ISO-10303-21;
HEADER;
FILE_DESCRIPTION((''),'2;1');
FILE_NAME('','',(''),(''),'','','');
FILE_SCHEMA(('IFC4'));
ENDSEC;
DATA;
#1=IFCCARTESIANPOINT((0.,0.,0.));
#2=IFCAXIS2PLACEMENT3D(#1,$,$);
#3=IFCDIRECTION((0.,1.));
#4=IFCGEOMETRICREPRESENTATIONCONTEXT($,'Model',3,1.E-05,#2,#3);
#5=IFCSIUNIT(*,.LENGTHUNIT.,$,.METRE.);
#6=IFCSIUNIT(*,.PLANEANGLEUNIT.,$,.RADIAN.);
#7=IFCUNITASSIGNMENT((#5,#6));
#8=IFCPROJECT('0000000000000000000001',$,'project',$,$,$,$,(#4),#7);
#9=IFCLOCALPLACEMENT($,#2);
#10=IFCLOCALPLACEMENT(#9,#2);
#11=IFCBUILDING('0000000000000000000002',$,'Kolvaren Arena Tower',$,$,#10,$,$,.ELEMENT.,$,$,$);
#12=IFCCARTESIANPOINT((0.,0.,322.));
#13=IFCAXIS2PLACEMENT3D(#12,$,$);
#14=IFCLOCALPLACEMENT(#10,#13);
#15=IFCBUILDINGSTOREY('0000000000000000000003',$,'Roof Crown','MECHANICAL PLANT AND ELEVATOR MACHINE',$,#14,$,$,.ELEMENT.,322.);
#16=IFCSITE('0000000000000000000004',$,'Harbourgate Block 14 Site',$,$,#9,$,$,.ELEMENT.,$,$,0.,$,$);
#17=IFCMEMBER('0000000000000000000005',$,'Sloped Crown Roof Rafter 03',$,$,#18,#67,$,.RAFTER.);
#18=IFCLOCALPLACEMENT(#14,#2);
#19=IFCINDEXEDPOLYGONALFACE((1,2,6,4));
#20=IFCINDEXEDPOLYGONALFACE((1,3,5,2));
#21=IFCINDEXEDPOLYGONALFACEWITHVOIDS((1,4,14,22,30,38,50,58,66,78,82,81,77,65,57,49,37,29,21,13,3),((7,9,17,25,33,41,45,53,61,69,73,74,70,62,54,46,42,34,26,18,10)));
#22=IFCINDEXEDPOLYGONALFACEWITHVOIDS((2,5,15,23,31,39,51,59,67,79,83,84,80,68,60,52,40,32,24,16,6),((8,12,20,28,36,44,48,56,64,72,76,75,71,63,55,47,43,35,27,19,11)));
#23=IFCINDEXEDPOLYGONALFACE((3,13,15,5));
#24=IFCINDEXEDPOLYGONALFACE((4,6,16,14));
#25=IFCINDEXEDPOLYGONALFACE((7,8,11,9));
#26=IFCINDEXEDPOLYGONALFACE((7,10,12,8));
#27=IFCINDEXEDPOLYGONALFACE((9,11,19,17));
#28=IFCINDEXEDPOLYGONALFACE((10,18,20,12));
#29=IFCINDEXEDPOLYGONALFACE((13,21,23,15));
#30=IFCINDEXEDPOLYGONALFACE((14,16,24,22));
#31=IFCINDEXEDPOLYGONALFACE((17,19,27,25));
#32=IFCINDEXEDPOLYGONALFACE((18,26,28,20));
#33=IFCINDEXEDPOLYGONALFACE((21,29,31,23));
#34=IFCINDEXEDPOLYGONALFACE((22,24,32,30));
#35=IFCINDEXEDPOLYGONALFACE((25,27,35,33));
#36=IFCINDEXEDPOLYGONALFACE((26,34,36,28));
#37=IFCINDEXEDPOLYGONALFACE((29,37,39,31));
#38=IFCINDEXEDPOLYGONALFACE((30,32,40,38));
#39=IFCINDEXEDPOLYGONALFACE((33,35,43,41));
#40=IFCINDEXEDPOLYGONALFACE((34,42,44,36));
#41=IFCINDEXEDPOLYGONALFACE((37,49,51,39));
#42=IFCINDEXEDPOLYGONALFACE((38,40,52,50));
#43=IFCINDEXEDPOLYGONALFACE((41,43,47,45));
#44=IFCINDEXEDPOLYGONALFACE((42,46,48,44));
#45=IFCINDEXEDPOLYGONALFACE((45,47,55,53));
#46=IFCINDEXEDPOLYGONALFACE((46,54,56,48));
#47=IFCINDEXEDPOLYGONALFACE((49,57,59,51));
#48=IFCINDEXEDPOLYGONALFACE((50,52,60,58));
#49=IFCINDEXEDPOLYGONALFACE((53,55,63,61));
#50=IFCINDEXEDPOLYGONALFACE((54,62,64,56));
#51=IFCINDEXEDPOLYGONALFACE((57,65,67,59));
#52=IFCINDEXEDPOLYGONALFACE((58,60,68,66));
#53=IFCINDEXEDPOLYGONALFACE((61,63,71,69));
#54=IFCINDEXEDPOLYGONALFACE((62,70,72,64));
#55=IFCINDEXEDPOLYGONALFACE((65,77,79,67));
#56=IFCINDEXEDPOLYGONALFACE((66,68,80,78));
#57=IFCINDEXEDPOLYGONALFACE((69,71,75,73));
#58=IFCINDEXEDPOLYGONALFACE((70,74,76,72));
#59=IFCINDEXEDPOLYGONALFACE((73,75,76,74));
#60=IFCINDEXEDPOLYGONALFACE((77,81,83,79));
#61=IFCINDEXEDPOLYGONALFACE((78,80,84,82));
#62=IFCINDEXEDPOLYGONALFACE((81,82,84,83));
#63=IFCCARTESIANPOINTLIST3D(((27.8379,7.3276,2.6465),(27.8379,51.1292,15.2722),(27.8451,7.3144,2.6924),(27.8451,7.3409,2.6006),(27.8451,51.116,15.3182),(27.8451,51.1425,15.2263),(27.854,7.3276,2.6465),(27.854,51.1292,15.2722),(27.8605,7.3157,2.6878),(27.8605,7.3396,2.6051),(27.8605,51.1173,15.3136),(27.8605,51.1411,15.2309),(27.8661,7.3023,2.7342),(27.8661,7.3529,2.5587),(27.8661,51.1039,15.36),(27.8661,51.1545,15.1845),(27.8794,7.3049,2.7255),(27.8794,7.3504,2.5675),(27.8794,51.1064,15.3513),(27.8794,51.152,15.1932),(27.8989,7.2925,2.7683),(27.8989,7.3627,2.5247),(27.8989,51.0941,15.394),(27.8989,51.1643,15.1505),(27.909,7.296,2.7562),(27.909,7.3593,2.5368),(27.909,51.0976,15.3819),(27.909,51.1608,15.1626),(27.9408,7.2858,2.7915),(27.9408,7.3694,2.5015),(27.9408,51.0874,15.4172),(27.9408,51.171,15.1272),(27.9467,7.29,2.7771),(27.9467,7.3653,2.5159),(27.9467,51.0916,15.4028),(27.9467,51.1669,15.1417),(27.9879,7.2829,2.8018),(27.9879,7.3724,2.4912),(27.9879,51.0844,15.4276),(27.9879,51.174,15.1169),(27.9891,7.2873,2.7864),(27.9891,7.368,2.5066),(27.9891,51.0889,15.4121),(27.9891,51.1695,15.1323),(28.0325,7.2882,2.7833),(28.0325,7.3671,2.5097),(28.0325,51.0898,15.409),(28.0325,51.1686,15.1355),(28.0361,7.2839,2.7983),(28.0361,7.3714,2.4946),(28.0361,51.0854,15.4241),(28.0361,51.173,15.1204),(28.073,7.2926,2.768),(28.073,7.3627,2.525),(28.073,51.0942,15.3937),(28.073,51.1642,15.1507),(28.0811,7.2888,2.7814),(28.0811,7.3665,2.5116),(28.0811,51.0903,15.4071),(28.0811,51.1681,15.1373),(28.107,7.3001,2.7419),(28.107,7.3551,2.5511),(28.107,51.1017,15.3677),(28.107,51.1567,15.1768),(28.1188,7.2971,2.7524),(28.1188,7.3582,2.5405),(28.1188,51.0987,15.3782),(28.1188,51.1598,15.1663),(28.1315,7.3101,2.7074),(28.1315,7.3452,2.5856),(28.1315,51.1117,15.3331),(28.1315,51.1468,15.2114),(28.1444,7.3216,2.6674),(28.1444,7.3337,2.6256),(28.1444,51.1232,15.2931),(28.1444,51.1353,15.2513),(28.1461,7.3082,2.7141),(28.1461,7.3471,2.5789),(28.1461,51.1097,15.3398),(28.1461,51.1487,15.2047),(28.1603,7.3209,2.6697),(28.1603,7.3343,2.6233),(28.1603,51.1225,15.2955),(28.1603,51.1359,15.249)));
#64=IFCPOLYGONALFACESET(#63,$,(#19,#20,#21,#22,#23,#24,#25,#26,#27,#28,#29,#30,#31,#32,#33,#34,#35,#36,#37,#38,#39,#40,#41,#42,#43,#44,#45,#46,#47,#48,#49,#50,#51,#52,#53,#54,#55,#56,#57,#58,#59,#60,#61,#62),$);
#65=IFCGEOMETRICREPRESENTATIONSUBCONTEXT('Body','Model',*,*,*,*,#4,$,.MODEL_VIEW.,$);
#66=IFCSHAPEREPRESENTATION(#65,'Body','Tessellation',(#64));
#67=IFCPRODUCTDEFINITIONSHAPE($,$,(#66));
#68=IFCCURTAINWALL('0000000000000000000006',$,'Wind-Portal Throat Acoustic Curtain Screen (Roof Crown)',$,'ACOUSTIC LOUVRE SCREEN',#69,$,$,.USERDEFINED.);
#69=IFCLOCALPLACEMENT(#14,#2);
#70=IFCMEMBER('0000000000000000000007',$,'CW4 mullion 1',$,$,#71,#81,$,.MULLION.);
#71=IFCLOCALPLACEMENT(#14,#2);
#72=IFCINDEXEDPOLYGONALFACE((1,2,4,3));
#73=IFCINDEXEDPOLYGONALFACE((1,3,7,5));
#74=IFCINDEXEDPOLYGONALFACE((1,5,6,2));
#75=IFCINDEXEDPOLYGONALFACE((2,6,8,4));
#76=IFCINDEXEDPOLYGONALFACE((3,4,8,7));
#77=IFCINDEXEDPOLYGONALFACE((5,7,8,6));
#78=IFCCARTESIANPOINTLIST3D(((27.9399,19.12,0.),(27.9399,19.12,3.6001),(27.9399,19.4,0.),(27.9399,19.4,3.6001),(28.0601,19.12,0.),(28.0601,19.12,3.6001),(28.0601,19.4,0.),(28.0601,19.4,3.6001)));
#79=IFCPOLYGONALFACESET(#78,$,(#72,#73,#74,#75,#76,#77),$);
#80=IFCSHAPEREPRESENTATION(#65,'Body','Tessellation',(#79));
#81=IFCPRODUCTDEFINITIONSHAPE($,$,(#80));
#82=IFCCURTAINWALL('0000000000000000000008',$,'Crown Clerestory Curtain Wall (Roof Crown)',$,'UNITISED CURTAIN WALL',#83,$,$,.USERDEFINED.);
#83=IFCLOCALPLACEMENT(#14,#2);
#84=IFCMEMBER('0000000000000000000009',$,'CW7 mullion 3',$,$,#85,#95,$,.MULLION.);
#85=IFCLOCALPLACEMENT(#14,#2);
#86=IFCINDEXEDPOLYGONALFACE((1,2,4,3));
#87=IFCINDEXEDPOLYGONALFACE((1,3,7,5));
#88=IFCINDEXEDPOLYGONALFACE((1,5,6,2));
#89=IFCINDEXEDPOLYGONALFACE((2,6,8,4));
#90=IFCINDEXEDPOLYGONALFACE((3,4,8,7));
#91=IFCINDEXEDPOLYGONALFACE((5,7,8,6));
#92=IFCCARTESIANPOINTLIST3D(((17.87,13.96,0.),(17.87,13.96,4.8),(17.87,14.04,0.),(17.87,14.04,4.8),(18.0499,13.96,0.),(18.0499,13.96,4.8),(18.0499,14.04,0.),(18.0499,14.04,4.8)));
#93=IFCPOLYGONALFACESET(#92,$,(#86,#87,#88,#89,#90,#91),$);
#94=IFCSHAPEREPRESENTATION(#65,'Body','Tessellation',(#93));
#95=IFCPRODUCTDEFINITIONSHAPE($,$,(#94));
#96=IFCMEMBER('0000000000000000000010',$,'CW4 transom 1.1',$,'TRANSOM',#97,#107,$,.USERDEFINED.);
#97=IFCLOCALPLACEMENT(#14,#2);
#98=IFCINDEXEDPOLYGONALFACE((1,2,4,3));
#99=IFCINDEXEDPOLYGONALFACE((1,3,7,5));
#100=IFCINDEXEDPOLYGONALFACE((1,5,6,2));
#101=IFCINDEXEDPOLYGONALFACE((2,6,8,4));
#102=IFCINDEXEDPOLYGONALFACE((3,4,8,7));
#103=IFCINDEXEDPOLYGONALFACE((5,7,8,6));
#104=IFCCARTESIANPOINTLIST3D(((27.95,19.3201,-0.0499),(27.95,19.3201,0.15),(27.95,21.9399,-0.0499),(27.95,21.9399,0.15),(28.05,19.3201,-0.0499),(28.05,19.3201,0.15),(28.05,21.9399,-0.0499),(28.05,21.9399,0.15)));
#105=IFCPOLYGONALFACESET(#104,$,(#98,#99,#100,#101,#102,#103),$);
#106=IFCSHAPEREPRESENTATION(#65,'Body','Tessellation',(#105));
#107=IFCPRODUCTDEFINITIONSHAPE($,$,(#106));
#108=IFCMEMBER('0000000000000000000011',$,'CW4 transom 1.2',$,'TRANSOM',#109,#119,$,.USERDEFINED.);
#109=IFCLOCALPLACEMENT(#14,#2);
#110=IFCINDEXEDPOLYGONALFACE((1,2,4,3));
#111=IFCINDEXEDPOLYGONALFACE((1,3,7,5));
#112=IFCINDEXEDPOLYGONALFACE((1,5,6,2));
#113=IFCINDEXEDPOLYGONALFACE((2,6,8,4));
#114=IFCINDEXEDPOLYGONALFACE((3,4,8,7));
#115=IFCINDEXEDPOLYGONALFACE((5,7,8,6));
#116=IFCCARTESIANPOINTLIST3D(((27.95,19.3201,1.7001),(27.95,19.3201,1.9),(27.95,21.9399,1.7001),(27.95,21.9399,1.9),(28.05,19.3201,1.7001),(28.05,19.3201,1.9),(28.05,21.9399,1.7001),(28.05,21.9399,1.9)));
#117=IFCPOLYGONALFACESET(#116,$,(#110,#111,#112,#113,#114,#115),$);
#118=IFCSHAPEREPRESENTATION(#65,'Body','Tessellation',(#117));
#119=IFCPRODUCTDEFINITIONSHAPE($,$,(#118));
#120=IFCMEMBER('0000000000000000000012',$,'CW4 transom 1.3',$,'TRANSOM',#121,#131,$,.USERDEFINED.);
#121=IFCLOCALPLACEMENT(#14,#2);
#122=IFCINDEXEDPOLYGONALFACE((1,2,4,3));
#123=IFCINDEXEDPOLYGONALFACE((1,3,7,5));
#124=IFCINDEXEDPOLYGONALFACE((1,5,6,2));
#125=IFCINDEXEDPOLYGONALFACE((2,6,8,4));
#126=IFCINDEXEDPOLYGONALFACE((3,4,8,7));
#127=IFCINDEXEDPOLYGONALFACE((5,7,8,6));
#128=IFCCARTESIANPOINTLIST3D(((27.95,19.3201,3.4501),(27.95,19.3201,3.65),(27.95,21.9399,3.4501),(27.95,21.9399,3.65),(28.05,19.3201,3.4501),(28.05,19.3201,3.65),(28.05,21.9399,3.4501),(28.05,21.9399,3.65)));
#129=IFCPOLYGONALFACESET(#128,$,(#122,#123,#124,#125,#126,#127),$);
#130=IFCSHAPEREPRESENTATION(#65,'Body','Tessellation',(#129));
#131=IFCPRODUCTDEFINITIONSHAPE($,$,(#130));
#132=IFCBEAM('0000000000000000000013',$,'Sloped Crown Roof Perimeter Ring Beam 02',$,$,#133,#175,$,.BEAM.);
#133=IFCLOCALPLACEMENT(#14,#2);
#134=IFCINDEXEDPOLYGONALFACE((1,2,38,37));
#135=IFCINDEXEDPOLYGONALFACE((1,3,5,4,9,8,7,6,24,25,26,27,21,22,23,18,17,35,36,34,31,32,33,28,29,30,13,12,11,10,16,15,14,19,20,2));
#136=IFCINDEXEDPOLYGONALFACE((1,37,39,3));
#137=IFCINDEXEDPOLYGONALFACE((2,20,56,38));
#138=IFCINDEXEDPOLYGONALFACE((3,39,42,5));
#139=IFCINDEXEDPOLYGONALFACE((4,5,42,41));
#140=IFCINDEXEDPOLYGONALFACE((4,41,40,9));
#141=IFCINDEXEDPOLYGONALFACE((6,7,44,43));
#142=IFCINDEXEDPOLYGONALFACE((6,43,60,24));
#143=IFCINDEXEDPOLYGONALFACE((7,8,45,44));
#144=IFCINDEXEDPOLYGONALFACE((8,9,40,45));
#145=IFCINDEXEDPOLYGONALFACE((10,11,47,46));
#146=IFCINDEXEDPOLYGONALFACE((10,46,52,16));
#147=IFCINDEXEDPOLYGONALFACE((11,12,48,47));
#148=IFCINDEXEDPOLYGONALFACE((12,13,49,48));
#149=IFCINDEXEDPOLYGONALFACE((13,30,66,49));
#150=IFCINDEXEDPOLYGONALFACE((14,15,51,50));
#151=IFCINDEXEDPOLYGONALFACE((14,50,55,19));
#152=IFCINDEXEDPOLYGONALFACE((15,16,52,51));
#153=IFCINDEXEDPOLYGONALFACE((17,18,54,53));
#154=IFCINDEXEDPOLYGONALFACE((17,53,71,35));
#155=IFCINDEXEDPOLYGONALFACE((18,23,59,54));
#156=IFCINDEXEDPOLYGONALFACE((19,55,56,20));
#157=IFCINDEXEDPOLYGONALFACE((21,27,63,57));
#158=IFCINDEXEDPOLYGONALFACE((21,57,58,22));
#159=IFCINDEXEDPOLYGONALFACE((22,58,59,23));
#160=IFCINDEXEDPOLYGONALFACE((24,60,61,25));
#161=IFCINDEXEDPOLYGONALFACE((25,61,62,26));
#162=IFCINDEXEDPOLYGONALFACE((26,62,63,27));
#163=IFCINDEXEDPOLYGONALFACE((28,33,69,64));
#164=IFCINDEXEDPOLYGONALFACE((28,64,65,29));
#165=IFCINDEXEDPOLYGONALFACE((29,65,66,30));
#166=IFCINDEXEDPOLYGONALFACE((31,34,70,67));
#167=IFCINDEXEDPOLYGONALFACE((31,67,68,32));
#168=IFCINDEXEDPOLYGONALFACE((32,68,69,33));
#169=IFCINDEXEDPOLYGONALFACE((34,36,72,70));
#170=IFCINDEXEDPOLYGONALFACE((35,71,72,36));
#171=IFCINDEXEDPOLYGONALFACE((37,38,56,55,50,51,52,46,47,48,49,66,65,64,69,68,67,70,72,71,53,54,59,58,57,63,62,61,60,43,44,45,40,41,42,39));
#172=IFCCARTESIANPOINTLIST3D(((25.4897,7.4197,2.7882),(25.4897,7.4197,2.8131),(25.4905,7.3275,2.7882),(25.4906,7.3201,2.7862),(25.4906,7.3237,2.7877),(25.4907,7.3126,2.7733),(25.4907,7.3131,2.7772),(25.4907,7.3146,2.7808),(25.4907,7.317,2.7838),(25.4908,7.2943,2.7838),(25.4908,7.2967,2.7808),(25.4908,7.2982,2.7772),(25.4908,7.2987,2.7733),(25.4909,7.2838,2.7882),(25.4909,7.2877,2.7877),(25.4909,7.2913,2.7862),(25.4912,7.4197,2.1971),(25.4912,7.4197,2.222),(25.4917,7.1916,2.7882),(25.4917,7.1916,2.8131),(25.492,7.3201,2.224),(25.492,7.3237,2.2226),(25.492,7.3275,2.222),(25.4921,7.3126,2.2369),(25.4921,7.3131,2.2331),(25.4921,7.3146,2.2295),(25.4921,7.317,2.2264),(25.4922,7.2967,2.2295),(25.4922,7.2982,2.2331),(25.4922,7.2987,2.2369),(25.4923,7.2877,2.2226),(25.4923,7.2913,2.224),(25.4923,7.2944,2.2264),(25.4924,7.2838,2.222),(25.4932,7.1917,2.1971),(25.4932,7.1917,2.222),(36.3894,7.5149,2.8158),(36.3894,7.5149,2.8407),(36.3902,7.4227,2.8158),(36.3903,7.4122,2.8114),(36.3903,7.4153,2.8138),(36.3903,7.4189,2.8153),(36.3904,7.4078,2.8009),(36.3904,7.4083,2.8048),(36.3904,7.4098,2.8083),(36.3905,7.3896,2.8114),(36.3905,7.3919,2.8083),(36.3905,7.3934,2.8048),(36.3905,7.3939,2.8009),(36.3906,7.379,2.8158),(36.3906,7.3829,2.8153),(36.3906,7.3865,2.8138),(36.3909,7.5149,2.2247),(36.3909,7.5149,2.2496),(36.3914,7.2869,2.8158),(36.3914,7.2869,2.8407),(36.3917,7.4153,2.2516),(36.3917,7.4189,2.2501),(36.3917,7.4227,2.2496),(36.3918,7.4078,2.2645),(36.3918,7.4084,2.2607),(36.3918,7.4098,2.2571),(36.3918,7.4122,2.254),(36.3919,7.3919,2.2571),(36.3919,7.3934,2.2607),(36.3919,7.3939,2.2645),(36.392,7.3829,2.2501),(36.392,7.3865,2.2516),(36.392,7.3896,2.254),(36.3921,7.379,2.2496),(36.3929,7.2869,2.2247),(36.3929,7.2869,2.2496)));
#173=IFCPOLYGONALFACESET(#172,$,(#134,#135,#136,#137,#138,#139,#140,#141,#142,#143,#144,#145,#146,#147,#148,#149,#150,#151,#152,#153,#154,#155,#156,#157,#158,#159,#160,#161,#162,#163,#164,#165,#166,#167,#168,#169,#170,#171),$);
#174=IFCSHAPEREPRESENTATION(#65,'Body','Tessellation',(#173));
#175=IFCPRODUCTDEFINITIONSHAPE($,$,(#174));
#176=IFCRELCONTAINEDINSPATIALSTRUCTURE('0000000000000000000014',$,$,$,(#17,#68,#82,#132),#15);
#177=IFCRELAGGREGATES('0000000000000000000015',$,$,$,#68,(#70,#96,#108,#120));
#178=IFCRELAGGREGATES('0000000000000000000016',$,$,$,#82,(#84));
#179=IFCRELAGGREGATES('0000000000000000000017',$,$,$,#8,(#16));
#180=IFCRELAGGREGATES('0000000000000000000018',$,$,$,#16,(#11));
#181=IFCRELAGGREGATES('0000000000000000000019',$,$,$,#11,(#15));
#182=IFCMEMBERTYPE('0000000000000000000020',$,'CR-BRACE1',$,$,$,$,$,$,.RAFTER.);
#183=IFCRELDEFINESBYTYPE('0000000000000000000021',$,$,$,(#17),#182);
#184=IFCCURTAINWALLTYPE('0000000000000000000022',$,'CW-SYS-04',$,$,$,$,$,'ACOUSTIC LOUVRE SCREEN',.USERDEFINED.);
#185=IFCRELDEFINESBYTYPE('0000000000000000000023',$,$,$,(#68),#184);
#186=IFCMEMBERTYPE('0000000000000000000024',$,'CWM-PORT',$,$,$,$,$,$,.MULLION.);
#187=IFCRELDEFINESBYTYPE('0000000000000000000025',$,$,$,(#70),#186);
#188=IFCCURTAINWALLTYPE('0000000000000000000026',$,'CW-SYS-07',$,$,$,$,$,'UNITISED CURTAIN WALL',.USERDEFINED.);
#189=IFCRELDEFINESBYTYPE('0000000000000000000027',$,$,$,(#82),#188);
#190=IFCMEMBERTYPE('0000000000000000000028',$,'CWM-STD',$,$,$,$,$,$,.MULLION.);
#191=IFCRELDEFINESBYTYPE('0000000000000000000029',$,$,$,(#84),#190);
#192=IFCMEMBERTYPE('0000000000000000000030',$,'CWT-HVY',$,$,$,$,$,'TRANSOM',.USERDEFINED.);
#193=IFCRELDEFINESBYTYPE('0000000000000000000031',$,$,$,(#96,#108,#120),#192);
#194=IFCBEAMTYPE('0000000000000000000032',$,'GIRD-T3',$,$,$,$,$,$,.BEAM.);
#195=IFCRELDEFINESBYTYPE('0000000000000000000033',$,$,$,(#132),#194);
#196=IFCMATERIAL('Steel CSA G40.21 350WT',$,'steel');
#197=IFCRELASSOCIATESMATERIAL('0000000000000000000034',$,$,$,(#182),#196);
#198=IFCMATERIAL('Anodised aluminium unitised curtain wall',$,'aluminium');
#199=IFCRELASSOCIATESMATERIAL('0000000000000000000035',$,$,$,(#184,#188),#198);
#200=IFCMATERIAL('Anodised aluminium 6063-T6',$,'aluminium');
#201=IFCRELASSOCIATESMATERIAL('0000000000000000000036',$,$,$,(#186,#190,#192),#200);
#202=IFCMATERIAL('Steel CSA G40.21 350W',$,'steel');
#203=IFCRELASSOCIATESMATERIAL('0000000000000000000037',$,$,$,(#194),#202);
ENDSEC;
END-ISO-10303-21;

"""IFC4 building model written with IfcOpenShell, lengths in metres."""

from ifc_helpers import new_model, si_unit, direction, frame, origin, origin_2d, place, context, subcontext, project, spatial, rectangle, hollow_circle, i_section, extrude, material, material_profile, profile_set, type_object, element, aggregate, save


model = new_model("IFC4")

# Units and contexts
model_context = context("Model", 3, precision=1e-05, world=origin(), true_north=direction((0.0, 1.0)))
body_context = subcontext(model_context, "Body", "Model", "MODEL_VIEW")
ifc_project = project(units=[si_unit("LENGTHUNIT", "METRE"), si_unit("PLANEANGLEUNIT", "RADIAN")], contexts=[model_context])

# Site, building, storey
site_placement = place(None, origin())
site = spatial("IfcSite", under=ifc_project, at=site_placement, Name="Harbourgate Block 14 Site", CompositionType="ELEMENT", RefElevation=0.0)
building_placement = place(site_placement, origin())
building = spatial("IfcBuilding", under=site, at=building_placement, Name="Kolvaren Arena Tower", CompositionType="ELEMENT")
storey_placement = place(building_placement, frame((0.0, 0.0, 322.0)))
storey = spatial("IfcBuildingStorey", under=building, at=storey_placement, Name="Roof Crown", Description="MECHANICAL PLANT AND ELEVATOR MACHINE", CompositionType="ELEMENT", Elevation=322.0)

# Member
ifc_material_1 = material(Name="Steel CSA G40.21 350WT", Category="steel")
ifc_material_profile_1 = material_profile(ifc_material_1, hollow_circle(Radius=0.1621, WallThickness=0.0161, at=origin_2d()), Name="CHS 324x16")
ifc_profile_set_1 = profile_set([ifc_material_profile_1], Name="Steel CSA G40.21 350WT")
member_type_1 = type_object("IfcMemberType", Name="CR-BRACE1", PredefinedType="RAFTER", material=ifc_profile_set_1)
member_1_placement = place(storey_placement, frame((28.0, 7.3276, 2.6465), z_axis=(0.0, 0.960878, 0.276972), x_axis=(-1.0, 0.0, 0.0)))
element("IfcMember", 1, at=member_1_placement, inside=storey, type_object=member_type_1, Name="Sloped Crown Roof Rafter 03", PredefinedType="RAFTER", context=body_context, shape_type="SweptSolid", body=[
    extrude(hollow_circle(Radius=0.1621, WallThickness=0.0161, at=origin_2d()), origin(), (0.0, 0.0, 1.0), 45.585),
])

# Curtain walls, members
ifc_material_2 = material(Name="Anodised aluminium unitised curtain wall", Category="aluminium")
curtain_wall_type_1 = type_object("IfcCurtainWallType", Name="CW-SYS-04", ElementType="ACOUSTIC LOUVRE SCREEN", PredefinedType="USERDEFINED", material=ifc_material_2)
curtain_wall_1_placement = place(storey_placement, origin())
curtain_wall_1 = element("IfcCurtainWall", 2, at=curtain_wall_1_placement, inside=storey, type_object=curtain_wall_type_1, Name="Wind-Portal Throat Acoustic Curtain Screen (Roof Crown)", ObjectType="ACOUSTIC LOUVRE SCREEN", PredefinedType="USERDEFINED")
ifc_material_3 = material(Name="Anodised aluminium 6063-T6", Category="aluminium")
ifc_material_profile_2 = material_profile(ifc_material_3, rectangle(XDim=0.1201, YDim=0.28, at=origin_2d()), Name="ALU-120x280")
ifc_profile_set_2 = profile_set([ifc_material_profile_2], Name="Anodised aluminium 6063-T6")
member_type_2 = type_object("IfcMemberType", Name="CWM-PORT", PredefinedType="MULLION", material=ifc_profile_set_2)
member_2_placement = place(storey_placement, frame((28.0, 19.26, 0.0), z_axis=(0.0, 0.0, 1.0), x_axis=(-1.0, 0.0, 0.0)))
member_2 = element("IfcMember", 3, at=member_2_placement, type_object=member_type_2, Name="CW4 mullion 1", PredefinedType="MULLION", context=body_context, shape_type="SweptSolid", body=[
    extrude(rectangle(XDim=0.1201, YDim=0.28, at=origin_2d()), origin(), (0.0, 0.0, 1.0), 3.6001),
])
curtain_wall_type_2 = type_object("IfcCurtainWallType", Name="CW-SYS-07", ElementType="UNITISED CURTAIN WALL", PredefinedType="USERDEFINED", material=ifc_material_2)
curtain_wall_2_placement = place(storey_placement, origin())
curtain_wall_2 = element("IfcCurtainWall", 4, at=curtain_wall_2_placement, inside=storey, type_object=curtain_wall_type_2, Name="Crown Clerestory Curtain Wall (Roof Crown)", ObjectType="UNITISED CURTAIN WALL", PredefinedType="USERDEFINED")
ifc_material_profile_3 = material_profile(ifc_material_3, rectangle(XDim=0.0801, YDim=0.1799, at=origin_2d()), Name="ALU-80x180")
ifc_profile_set_3 = profile_set([ifc_material_profile_3], Name="Anodised aluminium 6063-T6")
member_type_3 = type_object("IfcMemberType", Name="CWM-STD", PredefinedType="MULLION", material=ifc_profile_set_3)
member_3_placement = place(storey_placement, frame((17.96, 14.0, 0.0), z_axis=(0.0, 0.0, 1.0), x_axis=(0.0, 1.0, 0.0)))
member_3 = element("IfcMember", 5, at=member_3_placement, type_object=member_type_3, Name="CW7 mullion 3", PredefinedType="MULLION", context=body_context, shape_type="SweptSolid", body=[
    extrude(rectangle(XDim=0.0801, YDim=0.1799, at=origin_2d()), origin(), (0.0, 0.0, 1.0), 4.8),
])

# Members
ifc_material_profile_4 = material_profile(ifc_material_3, rectangle(XDim=0.1001, YDim=0.2, at=origin_2d()), Name="ALU-100x200")
ifc_profile_set_4 = profile_set([ifc_material_profile_4], Name="Anodised aluminium 6063-T6")
member_type_4 = type_object("IfcMemberType", Name="CWT-HVY", ElementType="TRANSOM", PredefinedType="USERDEFINED", material=ifc_profile_set_4)
member_4_placement = place(storey_placement, frame((28.0, 19.3201, 0.05), z_axis=(0.0, 1.0, 0.0), x_axis=(-1.0, 0.0, 0.0)))
member_4 = element("IfcMember", 6, at=member_4_placement, type_object=member_type_4, Name="CW4 transom 1.1", ObjectType="TRANSOM", PredefinedType="USERDEFINED", context=body_context, shape_type="SweptSolid", body=[
    extrude(rectangle(XDim=0.1001, YDim=0.2, at=origin_2d()), origin(), (0.0, 0.0, 1.0), 2.6199),
])
member_5_placement = place(storey_placement, frame((28.0, 19.3201, 1.8), z_axis=(0.0, 1.0, 0.0), x_axis=(-1.0, 0.0, 0.0)))
member_5 = element("IfcMember", 7, at=member_5_placement, type_object=member_type_4, Name="CW4 transom 1.2", ObjectType="TRANSOM", PredefinedType="USERDEFINED", context=body_context, shape_type="SweptSolid", body=[
    extrude(rectangle(XDim=0.1001, YDim=0.2, at=origin_2d()), origin(), (0.0, 0.0, 1.0), 2.6199),
])
member_6_placement = place(storey_placement, frame((28.0, 19.3201, 3.55), z_axis=(0.0, 1.0, 0.0), x_axis=(-1.0, 0.0, 0.0)))
member_6 = element("IfcMember", 8, at=member_6_placement, type_object=member_type_4, Name="CW4 transom 1.3", ObjectType="TRANSOM", PredefinedType="USERDEFINED", context=body_context, shape_type="SweptSolid", body=[
    extrude(rectangle(XDim=0.1001, YDim=0.2, at=origin_2d()), origin(), (0.0, 0.0, 1.0), 2.6199),
])
aggregate(curtain_wall_1, [member_2, member_4, member_5, member_6])

# Beam
ifc_material_4 = material(Name="Steel CSA G40.21 350W", Category="steel")
ifc_material_profile_5 = material_profile(ifc_material_4, i_section(OverallWidth=0.228, OverallDepth=0.616, WebThickness=0.0139, FlangeThickness=0.0249, FilletRadius=0.0149, at=origin_2d()), Name="W610x174")
ifc_profile_set_5 = profile_set([ifc_material_profile_5], Name="Steel CSA G40.21 350W")
beam_type = type_object("IfcBeamType", Name="GIRD-T3", PredefinedType="BEAM", material=ifc_profile_set_5)
beam_placement = place(storey_placement, frame((25.4915, 7.3057, 2.5051), z_axis=(0.999959, 0.008735, 0.002531), x_axis=(-0.008735, 0.999962, 0.0)))
element("IfcBeam", 9, at=beam_placement, inside=storey, type_object=beam_type, Name="Sloped Crown Roof Perimeter Ring Beam 02", PredefinedType="BEAM", context=body_context, shape_type="SweptSolid", body=[
    extrude(i_section(OverallWidth=0.228, OverallDepth=0.616, WebThickness=0.0139, FlangeThickness=0.0249, FilletRadius=0.0149, at=origin_2d()), origin(), (0.0, 0.0, 1.0), 10.9001),
])

aggregate(curtain_wall_2, [member_3])

save(model, "model.ifc")
